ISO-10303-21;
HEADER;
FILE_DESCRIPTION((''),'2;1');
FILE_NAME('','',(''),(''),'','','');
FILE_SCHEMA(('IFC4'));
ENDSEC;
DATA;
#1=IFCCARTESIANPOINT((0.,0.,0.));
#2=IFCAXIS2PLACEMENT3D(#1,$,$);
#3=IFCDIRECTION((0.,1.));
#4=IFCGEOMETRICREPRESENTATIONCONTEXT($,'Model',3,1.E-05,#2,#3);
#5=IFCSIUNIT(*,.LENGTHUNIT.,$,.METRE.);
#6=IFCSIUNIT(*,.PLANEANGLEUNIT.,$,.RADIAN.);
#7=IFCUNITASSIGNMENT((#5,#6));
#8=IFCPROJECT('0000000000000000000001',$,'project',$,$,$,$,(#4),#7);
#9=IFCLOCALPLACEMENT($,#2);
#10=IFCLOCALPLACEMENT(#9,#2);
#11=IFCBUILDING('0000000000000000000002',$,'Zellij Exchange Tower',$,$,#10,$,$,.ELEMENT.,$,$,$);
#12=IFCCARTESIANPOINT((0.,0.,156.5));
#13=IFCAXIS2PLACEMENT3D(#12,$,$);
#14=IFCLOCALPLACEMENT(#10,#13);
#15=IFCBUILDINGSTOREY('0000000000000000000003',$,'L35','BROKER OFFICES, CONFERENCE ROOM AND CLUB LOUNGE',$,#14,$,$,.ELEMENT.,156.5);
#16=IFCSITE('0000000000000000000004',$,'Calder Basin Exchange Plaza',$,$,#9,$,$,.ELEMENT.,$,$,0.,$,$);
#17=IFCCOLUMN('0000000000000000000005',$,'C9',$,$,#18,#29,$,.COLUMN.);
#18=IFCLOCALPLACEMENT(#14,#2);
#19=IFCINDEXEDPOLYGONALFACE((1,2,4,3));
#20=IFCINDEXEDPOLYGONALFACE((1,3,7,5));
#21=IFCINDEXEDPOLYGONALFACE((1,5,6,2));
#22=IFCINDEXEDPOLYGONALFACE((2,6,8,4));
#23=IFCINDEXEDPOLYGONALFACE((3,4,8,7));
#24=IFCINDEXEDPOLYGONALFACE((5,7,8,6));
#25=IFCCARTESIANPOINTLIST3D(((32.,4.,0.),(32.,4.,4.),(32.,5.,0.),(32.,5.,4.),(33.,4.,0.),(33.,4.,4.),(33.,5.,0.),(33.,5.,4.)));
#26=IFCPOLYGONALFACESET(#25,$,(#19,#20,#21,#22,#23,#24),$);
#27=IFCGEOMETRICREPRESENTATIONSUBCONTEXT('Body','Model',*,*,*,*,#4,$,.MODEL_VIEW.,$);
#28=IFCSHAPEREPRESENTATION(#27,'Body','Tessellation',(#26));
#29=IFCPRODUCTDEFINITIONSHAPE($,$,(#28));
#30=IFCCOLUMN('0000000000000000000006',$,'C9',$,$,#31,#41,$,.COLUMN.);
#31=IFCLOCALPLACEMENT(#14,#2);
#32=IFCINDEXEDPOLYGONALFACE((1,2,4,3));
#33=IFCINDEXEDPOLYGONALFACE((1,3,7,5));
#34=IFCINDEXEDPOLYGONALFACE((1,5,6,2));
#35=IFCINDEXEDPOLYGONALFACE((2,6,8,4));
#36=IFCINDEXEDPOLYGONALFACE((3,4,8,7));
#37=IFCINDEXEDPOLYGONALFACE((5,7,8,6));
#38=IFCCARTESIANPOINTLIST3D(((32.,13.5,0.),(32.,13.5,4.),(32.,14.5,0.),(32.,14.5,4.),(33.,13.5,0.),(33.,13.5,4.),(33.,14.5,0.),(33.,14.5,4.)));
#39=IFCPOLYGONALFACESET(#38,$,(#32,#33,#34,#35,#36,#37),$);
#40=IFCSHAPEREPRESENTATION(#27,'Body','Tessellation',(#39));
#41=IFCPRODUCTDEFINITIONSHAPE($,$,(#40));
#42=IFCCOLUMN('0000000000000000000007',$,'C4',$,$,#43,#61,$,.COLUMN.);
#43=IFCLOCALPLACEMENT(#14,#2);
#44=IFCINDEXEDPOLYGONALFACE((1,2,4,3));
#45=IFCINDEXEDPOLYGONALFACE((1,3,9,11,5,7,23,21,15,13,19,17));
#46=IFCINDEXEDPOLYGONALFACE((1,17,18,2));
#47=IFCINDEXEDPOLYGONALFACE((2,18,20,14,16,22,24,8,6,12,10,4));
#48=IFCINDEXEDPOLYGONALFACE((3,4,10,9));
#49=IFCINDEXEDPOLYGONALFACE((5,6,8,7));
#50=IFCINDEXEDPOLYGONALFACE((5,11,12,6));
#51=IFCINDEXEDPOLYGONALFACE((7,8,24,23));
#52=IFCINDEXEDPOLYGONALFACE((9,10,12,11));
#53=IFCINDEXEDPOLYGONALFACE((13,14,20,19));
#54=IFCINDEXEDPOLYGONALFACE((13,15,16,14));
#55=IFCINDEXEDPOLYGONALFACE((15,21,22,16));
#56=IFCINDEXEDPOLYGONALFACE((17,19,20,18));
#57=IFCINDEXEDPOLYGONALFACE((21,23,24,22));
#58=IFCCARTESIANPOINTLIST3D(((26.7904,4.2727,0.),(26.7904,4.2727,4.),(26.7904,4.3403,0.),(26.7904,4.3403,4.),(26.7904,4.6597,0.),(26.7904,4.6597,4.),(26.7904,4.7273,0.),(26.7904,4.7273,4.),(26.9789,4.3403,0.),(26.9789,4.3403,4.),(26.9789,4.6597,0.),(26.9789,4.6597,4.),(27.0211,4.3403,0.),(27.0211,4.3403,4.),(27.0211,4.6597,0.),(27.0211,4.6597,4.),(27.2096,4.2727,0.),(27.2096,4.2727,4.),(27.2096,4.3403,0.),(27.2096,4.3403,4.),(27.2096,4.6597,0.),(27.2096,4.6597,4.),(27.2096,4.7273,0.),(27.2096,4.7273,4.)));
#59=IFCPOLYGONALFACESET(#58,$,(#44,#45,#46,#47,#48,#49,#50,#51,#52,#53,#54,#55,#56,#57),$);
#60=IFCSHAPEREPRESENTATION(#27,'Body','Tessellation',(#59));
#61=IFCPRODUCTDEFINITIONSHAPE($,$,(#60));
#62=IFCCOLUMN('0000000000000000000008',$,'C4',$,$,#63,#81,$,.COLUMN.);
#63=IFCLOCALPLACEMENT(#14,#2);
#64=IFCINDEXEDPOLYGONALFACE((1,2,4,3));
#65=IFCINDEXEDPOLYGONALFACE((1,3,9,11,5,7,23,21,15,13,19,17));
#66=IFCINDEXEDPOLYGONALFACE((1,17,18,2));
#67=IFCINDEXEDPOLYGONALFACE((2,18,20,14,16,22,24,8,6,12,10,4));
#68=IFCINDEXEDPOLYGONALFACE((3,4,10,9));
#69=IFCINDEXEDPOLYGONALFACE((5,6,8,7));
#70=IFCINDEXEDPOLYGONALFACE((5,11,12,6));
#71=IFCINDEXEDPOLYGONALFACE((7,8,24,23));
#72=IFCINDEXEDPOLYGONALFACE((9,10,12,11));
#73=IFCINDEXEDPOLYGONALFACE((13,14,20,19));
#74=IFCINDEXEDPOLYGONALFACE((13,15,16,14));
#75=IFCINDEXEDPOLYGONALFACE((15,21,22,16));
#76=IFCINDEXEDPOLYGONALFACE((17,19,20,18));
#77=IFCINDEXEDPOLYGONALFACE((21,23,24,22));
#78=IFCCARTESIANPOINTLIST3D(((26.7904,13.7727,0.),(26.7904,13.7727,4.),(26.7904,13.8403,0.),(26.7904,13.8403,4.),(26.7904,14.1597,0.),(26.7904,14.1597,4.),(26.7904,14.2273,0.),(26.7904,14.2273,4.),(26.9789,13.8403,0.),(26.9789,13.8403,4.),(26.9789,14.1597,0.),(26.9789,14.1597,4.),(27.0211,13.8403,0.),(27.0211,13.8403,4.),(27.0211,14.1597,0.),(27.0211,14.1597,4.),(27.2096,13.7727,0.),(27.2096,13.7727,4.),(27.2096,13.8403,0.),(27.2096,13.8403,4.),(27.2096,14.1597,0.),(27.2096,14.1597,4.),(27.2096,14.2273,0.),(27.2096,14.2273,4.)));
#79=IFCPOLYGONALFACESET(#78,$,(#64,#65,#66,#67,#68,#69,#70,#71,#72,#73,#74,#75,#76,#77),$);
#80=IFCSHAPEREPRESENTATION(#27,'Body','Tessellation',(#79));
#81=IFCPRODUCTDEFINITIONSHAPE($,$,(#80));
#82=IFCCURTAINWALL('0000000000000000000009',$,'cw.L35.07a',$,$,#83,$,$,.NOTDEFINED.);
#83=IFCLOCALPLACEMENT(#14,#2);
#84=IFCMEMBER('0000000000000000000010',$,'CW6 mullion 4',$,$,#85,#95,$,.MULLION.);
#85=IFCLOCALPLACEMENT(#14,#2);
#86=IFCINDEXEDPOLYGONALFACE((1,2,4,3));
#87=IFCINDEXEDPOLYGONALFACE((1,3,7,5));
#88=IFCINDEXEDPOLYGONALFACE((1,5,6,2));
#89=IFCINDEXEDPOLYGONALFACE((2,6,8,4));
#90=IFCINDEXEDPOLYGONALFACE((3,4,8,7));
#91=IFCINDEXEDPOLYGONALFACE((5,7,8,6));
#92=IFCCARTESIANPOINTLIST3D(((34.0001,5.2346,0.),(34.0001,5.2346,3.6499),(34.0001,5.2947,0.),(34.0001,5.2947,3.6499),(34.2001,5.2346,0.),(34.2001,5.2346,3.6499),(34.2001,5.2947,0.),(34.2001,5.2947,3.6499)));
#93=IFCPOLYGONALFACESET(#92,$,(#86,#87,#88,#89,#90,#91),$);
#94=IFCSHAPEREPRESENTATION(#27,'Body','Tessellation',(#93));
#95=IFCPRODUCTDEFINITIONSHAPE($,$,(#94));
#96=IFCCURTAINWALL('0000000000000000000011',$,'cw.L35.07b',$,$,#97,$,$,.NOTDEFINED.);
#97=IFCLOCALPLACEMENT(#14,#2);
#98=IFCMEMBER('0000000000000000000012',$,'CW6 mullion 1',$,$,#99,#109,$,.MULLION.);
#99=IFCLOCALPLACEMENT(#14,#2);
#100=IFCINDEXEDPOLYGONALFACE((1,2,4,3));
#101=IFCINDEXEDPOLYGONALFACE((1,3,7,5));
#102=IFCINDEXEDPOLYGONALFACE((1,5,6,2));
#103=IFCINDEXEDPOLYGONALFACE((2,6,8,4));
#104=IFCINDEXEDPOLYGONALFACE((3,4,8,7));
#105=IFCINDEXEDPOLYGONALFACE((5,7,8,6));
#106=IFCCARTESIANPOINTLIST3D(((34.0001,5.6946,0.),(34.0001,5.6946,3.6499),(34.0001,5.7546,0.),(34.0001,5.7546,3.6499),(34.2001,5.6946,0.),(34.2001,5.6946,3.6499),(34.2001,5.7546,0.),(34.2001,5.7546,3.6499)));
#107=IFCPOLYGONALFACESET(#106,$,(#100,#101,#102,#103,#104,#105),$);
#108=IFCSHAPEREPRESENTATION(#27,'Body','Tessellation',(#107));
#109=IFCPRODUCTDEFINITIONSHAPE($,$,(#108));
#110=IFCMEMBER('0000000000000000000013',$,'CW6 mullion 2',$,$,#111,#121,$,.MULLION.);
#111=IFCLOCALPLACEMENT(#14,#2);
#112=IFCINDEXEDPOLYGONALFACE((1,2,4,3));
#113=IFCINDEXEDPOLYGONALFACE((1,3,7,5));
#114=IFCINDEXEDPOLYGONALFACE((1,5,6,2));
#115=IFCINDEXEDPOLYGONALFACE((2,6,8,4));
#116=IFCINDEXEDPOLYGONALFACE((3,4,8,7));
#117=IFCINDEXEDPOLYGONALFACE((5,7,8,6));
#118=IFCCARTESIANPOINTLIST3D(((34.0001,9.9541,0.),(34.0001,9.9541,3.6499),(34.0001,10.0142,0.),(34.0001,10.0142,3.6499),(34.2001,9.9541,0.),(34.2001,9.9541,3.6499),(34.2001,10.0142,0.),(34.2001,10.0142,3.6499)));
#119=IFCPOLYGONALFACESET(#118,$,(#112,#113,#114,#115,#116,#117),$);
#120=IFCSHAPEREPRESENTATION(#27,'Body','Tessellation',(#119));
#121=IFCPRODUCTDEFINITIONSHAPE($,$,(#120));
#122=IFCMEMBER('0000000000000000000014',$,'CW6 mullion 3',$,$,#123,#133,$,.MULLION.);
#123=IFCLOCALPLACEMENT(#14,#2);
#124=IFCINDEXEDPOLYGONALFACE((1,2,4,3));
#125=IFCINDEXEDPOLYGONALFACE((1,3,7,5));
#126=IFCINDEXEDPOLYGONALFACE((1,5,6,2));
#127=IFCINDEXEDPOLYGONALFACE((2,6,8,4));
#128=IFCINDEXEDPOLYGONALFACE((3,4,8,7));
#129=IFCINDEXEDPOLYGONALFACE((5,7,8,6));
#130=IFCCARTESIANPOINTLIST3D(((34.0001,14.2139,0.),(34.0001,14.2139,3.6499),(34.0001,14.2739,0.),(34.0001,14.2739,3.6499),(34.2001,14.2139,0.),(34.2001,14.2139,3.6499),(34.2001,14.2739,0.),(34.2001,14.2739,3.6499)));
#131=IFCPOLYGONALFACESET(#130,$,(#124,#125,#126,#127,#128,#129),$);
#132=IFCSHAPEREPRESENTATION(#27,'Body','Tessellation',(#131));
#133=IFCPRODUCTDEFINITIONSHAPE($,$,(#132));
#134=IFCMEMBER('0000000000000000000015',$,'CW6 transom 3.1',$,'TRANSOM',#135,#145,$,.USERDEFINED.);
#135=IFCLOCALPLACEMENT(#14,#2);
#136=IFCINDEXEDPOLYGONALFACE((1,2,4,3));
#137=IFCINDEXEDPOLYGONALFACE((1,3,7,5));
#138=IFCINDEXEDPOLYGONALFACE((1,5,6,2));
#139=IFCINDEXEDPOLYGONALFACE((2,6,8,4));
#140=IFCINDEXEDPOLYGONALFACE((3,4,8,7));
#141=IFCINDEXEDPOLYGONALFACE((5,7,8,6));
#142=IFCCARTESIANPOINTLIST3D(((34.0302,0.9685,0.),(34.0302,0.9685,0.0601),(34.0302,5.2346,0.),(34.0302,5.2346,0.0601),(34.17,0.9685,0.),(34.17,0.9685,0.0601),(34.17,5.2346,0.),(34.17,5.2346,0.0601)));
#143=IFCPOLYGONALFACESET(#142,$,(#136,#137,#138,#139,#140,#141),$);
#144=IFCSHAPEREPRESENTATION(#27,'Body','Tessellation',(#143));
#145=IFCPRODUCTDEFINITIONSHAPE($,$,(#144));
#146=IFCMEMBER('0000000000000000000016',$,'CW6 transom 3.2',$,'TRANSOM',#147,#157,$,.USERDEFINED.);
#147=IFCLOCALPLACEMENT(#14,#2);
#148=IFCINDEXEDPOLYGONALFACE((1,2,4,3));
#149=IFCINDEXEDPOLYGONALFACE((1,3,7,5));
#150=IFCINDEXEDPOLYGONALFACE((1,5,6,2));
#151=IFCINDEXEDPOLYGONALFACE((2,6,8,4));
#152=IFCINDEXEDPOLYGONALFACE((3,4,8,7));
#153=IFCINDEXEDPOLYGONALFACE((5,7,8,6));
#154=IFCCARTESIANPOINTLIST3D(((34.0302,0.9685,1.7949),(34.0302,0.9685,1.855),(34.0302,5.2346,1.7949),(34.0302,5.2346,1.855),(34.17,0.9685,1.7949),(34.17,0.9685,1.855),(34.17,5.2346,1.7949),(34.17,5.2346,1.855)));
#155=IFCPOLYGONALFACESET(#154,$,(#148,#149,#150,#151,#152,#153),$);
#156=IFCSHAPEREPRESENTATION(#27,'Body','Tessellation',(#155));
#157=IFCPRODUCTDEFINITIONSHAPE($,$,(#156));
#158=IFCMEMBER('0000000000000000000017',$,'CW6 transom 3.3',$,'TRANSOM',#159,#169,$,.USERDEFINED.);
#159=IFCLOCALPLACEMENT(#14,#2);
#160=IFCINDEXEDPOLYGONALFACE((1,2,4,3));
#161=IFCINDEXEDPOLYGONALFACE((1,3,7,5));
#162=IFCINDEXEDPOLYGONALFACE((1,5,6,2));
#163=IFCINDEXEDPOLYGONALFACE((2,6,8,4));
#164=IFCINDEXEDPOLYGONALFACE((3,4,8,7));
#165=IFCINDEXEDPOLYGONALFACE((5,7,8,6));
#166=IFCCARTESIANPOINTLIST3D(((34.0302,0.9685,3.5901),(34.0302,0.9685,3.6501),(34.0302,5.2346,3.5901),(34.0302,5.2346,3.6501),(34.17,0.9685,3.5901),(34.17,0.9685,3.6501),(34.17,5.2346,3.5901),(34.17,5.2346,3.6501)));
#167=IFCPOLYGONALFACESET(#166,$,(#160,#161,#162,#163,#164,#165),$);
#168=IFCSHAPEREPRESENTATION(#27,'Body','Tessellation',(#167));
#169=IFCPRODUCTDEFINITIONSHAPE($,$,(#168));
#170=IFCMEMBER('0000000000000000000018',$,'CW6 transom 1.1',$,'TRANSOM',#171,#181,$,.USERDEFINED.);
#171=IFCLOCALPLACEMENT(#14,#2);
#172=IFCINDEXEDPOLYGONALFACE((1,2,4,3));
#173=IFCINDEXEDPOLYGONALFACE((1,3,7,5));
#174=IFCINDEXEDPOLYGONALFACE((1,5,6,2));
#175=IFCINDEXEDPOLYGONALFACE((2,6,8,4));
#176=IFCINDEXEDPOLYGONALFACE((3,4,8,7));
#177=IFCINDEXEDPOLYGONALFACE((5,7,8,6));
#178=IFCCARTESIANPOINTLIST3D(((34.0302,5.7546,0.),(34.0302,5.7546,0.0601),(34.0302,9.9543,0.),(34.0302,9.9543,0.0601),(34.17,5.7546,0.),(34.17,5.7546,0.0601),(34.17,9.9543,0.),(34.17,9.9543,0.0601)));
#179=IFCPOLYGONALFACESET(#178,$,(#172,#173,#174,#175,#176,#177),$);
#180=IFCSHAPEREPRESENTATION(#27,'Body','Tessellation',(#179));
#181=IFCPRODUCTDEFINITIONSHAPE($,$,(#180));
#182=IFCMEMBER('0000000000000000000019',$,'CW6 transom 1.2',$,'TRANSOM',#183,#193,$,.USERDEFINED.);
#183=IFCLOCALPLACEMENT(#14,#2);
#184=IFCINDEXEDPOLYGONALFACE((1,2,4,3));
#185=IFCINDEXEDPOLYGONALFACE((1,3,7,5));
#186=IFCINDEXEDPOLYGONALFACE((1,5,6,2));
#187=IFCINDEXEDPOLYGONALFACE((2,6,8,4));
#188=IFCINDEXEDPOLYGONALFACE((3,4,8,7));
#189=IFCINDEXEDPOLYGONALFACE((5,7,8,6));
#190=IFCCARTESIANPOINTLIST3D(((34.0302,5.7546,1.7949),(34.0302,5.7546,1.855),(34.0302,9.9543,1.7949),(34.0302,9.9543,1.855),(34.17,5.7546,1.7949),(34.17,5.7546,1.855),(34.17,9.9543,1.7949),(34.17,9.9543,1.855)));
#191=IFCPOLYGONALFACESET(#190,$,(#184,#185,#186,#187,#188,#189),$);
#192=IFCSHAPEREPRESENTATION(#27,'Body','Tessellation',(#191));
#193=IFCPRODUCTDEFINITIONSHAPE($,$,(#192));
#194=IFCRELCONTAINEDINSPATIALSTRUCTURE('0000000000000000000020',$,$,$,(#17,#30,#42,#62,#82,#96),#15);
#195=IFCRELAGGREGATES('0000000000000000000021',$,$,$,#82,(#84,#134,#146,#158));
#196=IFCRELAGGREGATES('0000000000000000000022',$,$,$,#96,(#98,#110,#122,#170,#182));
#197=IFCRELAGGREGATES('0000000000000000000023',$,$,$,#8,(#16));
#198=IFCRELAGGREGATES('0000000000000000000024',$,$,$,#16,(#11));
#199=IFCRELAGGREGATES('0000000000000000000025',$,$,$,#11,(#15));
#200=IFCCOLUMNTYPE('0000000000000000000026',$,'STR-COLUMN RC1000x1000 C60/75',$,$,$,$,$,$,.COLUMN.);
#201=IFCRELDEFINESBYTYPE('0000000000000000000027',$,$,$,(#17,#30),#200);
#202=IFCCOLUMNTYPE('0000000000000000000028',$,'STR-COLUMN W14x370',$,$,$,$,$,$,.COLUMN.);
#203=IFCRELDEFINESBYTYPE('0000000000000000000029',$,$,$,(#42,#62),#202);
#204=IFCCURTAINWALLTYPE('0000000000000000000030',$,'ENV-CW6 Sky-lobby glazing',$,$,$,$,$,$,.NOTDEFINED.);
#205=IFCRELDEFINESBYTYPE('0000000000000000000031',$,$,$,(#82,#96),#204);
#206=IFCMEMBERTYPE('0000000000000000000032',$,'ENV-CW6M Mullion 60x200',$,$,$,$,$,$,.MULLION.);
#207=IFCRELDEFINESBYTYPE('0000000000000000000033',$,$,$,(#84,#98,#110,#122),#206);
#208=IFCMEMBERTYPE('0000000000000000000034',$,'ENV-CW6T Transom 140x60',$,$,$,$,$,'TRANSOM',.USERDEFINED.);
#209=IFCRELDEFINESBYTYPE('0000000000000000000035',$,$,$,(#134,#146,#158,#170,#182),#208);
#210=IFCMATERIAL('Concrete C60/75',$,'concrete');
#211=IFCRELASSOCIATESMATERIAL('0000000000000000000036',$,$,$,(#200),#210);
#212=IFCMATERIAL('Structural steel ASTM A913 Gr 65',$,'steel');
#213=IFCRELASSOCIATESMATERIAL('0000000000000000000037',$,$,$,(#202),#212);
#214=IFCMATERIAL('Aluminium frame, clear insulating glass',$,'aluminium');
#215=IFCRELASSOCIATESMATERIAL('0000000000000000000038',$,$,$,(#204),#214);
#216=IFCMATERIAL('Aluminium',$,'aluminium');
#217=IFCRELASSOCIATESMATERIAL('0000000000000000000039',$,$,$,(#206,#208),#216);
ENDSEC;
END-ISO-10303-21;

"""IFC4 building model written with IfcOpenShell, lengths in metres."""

from ifc_helpers import new_model, si_unit, direction, frame, origin, origin_2d, place, context, subcontext, project, spatial, rectangle, i_section, extrude, material, material_profile, profile_set, type_object, element, aggregate, save


model = new_model("IFC4")

# Units and contexts
model_context = context("Model", 3, precision=1e-05, world=origin(), true_north=direction((0.0, 1.0)))
body_context = subcontext(model_context, "Body", "Model", "MODEL_VIEW")
ifc_project = project(units=[si_unit("LENGTHUNIT", "METRE"), si_unit("PLANEANGLEUNIT", "RADIAN")], contexts=[model_context])

# Site, building, storey
site_placement = place(None, origin())
site = spatial("IfcSite", under=ifc_project, at=site_placement, Name="Calder Basin Exchange Plaza", CompositionType="ELEMENT", RefElevation=0.0)
building_placement = place(site_placement, origin())
building = spatial("IfcBuilding", under=site, at=building_placement, Name="Zellij Exchange Tower", CompositionType="ELEMENT")
storey_placement = place(building_placement, frame((0.0, 0.0, 156.5)))
storey = spatial("IfcBuildingStorey", under=building, at=storey_placement, Name="L35", Description="BROKER OFFICES, CONFERENCE ROOM AND CLUB LOUNGE", CompositionType="ELEMENT", Elevation=156.5)

# Columns
ifc_material_1 = material(Name="Concrete C60/75", Category="concrete")
ifc_material_profile_1 = material_profile(ifc_material_1, rectangle(XDim=1.0, YDim=1.0, at=origin_2d()), Name="STR-COLUMN RC1000x1000 C60/75")
ifc_profile_set_1 = profile_set([ifc_material_profile_1], Name="Concrete C60/75")
column_type_1 = type_object("IfcColumnType", Name="STR-COLUMN RC1000x1000 C60/75", PredefinedType="COLUMN", material=ifc_profile_set_1)
for number, where, z_axis, x_axis, name in (
    (1, (32.5, 4.5, 0.0), (0.0, 0.0, 1.0), (1.0, 0.0, 0.0), "C9"),
    (2, (32.5, 14.0, 0.0), (0.0, 0.0, 1.0), (1.0, 0.0, 0.0), "C9"),
):
    element("IfcColumn", number, at=place(storey_placement, frame(where, z_axis=z_axis, x_axis=x_axis)), inside=storey, type_object=column_type_1, Name=name, PredefinedType="COLUMN", context=body_context, shape_type="SweptSolid", body=[
        extrude(rectangle(XDim=1.0, YDim=1.0, at=origin_2d()), origin(), (0.0, 0.0, 1.0), 4.0),
    ])
ifc_material_2 = material(Name="Structural steel ASTM A913 Gr 65", Category="steel")
ifc_material_profile_2 = material_profile(ifc_material_2, i_section(OverallWidth=0.4192, OverallDepth=0.4546, WebThickness=0.0422, FlangeThickness=0.0676, at=origin_2d()), Name="W14x370")
ifc_profile_set_2 = profile_set([ifc_material_profile_2], Name="Structural steel ASTM A913 Gr 65")
column_type_2 = type_object("IfcColumnType", Name="STR-COLUMN W14x370", PredefinedType="COLUMN", material=ifc_profile_set_2)
for number, where, z_axis, x_axis, name in (
    (3, (27.0, 4.5, 0.0), (0.0, 0.0, 1.0), (1.0, 0.0, 0.0), "C4"),
    (4, (27.0, 14.0, 0.0), (0.0, 0.0, 1.0), (1.0, 0.0, 0.0), "C4"),
):
    element("IfcColumn", number, at=place(storey_placement, frame(where, z_axis=z_axis, x_axis=x_axis)), inside=storey, type_object=column_type_2, Name=name, PredefinedType="COLUMN", context=body_context, shape_type="SweptSolid", body=[
        extrude(i_section(OverallWidth=0.4192, OverallDepth=0.4546, WebThickness=0.0422, FlangeThickness=0.0676, at=origin_2d()), origin(), (0.0, 0.0, 1.0), 4.0),
    ])

# Curtain wall, member
ifc_material_3 = material(Name="Aluminium frame, clear insulating glass", Category="aluminium")
curtain_wall_type = type_object("IfcCurtainWallType", Name="ENV-CW6 Sky-lobby glazing", PredefinedType="NOTDEFINED", material=ifc_material_3)
curtain_wall_1_placement = place(storey_placement, origin())
curtain_wall_1 = element("IfcCurtainWall", 5, at=curtain_wall_1_placement, inside=storey, type_object=curtain_wall_type, Name="cw.L35.07a", PredefinedType="NOTDEFINED")
ifc_material_4 = material(Name="Aluminium", Category="aluminium")
ifc_material_profile_3 = material_profile(ifc_material_4, rectangle(XDim=0.0601, YDim=0.2, at=origin_2d()), Name="AL 60x200")
ifc_profile_set_3 = profile_set([ifc_material_profile_3], Name="Aluminium")
member_type_1 = type_object("IfcMemberType", Name="ENV-CW6M Mullion 60x200", PredefinedType="MULLION", material=ifc_profile_set_3)
member_1_placement = place(storey_placement, frame((34.1001, 5.2646, 0.0), z_axis=(0.0, 0.0, 1.0), x_axis=(0.0, 1.0, 0.0)))
member_1 = element("IfcMember", 6, at=member_1_placement, type_object=member_type_1, Name="CW6 mullion 4", PredefinedType="MULLION", context=body_context, shape_type="SweptSolid", body=[
    extrude(rectangle(XDim=0.0601, YDim=0.2, at=origin_2d()), origin(), (0.0, 0.0, 1.0), 3.6499),
])

# Curtain wall, members
curtain_wall_2_placement = place(storey_placement, origin())
curtain_wall_2 = element("IfcCurtainWall", 7, at=curtain_wall_2_placement, inside=storey, type_object=curtain_wall_type, Name="cw.L35.07b", PredefinedType="NOTDEFINED")
member_2_placement = place(storey_placement, frame((34.1001, 5.7246, 0.0), z_axis=(0.0, 0.0, 1.0), x_axis=(0.0, 1.0, 0.0)))
member_2 = element("IfcMember", 8, at=member_2_placement, type_object=member_type_1, Name="CW6 mullion 1", PredefinedType="MULLION", context=body_context, shape_type="SweptSolid", body=[
    extrude(rectangle(XDim=0.0601, YDim=0.2, at=origin_2d()), origin(), (0.0, 0.0, 1.0), 3.6499),
])
member_3_placement = place(storey_placement, frame((34.1001, 9.9841, 0.0), z_axis=(0.0, 0.0, 1.0), x_axis=(0.0, 1.0, 0.0)))
member_3 = element("IfcMember", 9, at=member_3_placement, type_object=member_type_1, Name="CW6 mullion 2", PredefinedType="MULLION", context=body_context, shape_type="SweptSolid", body=[
    extrude(rectangle(XDim=0.0601, YDim=0.2, at=origin_2d()), origin(), (0.0, 0.0, 1.0), 3.6499),
])
member_4_placement = place(storey_placement, frame((34.1001, 14.2439, 0.0), z_axis=(0.0, 0.0, 1.0), x_axis=(0.0, 1.0, 0.0)))
member_4 = element("IfcMember", 10, at=member_4_placement, type_object=member_type_1, Name="CW6 mullion 3", PredefinedType="MULLION", context=body_context, shape_type="SweptSolid", body=[
    extrude(rectangle(XDim=0.0601, YDim=0.2, at=origin_2d()), origin(), (0.0, 0.0, 1.0), 3.6499),
])

# Members
ifc_material_profile_4 = material_profile(ifc_material_4, rectangle(XDim=0.1399, YDim=0.0601, at=origin_2d()), Name="AL 140x60")
ifc_profile_set_4 = profile_set([ifc_material_profile_4], Name="Aluminium")
member_type_2 = type_object("IfcMemberType", Name="ENV-CW6T Transom 140x60", ElementType="TRANSOM", PredefinedType="USERDEFINED", material=ifc_profile_set_4)
member_5_placement = place(storey_placement, frame((34.1001, 0.9685, 0.03), z_axis=(0.0, 1.0, 0.0), x_axis=(-1.0, 0.0, 0.0)))
member_5 = element("IfcMember", 11, at=member_5_placement, type_object=member_type_2, Name="CW6 transom 3.1", ObjectType="TRANSOM", PredefinedType="USERDEFINED", context=body_context, shape_type="SweptSolid", body=[
    extrude(rectangle(XDim=0.1399, YDim=0.0601, at=origin_2d()), origin(), (0.0, 0.0, 1.0), 4.2661),
])
member_6_placement = place(storey_placement, frame((34.1001, 0.9685, 1.825), z_axis=(0.0, 1.0, 0.0), x_axis=(-1.0, 0.0, 0.0)))
member_6 = element("IfcMember", 12, at=member_6_placement, type_object=member_type_2, Name="CW6 transom 3.2", ObjectType="TRANSOM", PredefinedType="USERDEFINED", context=body_context, shape_type="SweptSolid", body=[
    extrude(rectangle(XDim=0.1399, YDim=0.0601, at=origin_2d()), origin(), (0.0, 0.0, 1.0), 4.2661),
])
member_7_placement = place(storey_placement, frame((34.1001, 0.9685, 3.6201), z_axis=(0.0, 1.0, 0.0), x_axis=(-1.0, 0.0, 0.0)))
member_7 = element("IfcMember", 13, at=member_7_placement, type_object=member_type_2, Name="CW6 transom 3.3", ObjectType="TRANSOM", PredefinedType="USERDEFINED", context=body_context, shape_type="SweptSolid", body=[
    extrude(rectangle(XDim=0.1399, YDim=0.0601, at=origin_2d()), origin(), (0.0, 0.0, 1.0), 4.2661),
])
member_8_placement = place(storey_placement, frame((34.1001, 5.7546, 0.03), z_axis=(0.0, 1.0, 0.0), x_axis=(-1.0, 0.0, 0.0)))
member_8 = element("IfcMember", 14, at=member_8_placement, type_object=member_type_2, Name="CW6 transom 1.1", ObjectType="TRANSOM", PredefinedType="USERDEFINED", context=body_context, shape_type="SweptSolid", body=[
    extrude(rectangle(XDim=0.1399, YDim=0.0601, at=origin_2d()), origin(), (0.0, 0.0, 1.0), 4.1997),
])
member_9_placement = place(storey_placement, frame((34.1001, 5.7546, 1.825), z_axis=(0.0, 1.0, 0.0), x_axis=(-1.0, 0.0, 0.0)))
member_9 = element("IfcMember", 15, at=member_9_placement, type_object=member_type_2, Name="CW6 transom 1.2", ObjectType="TRANSOM", PredefinedType="USERDEFINED", context=body_context, shape_type="SweptSolid", body=[
    extrude(rectangle(XDim=0.1399, YDim=0.0601, at=origin_2d()), origin(), (0.0, 0.0, 1.0), 4.1997),
])

aggregate(curtain_wall_1, [member_1, member_5, member_6, member_7])
aggregate(curtain_wall_2, [member_2, member_3, member_4, member_8, member_9])

save(model, "model.ifc")
